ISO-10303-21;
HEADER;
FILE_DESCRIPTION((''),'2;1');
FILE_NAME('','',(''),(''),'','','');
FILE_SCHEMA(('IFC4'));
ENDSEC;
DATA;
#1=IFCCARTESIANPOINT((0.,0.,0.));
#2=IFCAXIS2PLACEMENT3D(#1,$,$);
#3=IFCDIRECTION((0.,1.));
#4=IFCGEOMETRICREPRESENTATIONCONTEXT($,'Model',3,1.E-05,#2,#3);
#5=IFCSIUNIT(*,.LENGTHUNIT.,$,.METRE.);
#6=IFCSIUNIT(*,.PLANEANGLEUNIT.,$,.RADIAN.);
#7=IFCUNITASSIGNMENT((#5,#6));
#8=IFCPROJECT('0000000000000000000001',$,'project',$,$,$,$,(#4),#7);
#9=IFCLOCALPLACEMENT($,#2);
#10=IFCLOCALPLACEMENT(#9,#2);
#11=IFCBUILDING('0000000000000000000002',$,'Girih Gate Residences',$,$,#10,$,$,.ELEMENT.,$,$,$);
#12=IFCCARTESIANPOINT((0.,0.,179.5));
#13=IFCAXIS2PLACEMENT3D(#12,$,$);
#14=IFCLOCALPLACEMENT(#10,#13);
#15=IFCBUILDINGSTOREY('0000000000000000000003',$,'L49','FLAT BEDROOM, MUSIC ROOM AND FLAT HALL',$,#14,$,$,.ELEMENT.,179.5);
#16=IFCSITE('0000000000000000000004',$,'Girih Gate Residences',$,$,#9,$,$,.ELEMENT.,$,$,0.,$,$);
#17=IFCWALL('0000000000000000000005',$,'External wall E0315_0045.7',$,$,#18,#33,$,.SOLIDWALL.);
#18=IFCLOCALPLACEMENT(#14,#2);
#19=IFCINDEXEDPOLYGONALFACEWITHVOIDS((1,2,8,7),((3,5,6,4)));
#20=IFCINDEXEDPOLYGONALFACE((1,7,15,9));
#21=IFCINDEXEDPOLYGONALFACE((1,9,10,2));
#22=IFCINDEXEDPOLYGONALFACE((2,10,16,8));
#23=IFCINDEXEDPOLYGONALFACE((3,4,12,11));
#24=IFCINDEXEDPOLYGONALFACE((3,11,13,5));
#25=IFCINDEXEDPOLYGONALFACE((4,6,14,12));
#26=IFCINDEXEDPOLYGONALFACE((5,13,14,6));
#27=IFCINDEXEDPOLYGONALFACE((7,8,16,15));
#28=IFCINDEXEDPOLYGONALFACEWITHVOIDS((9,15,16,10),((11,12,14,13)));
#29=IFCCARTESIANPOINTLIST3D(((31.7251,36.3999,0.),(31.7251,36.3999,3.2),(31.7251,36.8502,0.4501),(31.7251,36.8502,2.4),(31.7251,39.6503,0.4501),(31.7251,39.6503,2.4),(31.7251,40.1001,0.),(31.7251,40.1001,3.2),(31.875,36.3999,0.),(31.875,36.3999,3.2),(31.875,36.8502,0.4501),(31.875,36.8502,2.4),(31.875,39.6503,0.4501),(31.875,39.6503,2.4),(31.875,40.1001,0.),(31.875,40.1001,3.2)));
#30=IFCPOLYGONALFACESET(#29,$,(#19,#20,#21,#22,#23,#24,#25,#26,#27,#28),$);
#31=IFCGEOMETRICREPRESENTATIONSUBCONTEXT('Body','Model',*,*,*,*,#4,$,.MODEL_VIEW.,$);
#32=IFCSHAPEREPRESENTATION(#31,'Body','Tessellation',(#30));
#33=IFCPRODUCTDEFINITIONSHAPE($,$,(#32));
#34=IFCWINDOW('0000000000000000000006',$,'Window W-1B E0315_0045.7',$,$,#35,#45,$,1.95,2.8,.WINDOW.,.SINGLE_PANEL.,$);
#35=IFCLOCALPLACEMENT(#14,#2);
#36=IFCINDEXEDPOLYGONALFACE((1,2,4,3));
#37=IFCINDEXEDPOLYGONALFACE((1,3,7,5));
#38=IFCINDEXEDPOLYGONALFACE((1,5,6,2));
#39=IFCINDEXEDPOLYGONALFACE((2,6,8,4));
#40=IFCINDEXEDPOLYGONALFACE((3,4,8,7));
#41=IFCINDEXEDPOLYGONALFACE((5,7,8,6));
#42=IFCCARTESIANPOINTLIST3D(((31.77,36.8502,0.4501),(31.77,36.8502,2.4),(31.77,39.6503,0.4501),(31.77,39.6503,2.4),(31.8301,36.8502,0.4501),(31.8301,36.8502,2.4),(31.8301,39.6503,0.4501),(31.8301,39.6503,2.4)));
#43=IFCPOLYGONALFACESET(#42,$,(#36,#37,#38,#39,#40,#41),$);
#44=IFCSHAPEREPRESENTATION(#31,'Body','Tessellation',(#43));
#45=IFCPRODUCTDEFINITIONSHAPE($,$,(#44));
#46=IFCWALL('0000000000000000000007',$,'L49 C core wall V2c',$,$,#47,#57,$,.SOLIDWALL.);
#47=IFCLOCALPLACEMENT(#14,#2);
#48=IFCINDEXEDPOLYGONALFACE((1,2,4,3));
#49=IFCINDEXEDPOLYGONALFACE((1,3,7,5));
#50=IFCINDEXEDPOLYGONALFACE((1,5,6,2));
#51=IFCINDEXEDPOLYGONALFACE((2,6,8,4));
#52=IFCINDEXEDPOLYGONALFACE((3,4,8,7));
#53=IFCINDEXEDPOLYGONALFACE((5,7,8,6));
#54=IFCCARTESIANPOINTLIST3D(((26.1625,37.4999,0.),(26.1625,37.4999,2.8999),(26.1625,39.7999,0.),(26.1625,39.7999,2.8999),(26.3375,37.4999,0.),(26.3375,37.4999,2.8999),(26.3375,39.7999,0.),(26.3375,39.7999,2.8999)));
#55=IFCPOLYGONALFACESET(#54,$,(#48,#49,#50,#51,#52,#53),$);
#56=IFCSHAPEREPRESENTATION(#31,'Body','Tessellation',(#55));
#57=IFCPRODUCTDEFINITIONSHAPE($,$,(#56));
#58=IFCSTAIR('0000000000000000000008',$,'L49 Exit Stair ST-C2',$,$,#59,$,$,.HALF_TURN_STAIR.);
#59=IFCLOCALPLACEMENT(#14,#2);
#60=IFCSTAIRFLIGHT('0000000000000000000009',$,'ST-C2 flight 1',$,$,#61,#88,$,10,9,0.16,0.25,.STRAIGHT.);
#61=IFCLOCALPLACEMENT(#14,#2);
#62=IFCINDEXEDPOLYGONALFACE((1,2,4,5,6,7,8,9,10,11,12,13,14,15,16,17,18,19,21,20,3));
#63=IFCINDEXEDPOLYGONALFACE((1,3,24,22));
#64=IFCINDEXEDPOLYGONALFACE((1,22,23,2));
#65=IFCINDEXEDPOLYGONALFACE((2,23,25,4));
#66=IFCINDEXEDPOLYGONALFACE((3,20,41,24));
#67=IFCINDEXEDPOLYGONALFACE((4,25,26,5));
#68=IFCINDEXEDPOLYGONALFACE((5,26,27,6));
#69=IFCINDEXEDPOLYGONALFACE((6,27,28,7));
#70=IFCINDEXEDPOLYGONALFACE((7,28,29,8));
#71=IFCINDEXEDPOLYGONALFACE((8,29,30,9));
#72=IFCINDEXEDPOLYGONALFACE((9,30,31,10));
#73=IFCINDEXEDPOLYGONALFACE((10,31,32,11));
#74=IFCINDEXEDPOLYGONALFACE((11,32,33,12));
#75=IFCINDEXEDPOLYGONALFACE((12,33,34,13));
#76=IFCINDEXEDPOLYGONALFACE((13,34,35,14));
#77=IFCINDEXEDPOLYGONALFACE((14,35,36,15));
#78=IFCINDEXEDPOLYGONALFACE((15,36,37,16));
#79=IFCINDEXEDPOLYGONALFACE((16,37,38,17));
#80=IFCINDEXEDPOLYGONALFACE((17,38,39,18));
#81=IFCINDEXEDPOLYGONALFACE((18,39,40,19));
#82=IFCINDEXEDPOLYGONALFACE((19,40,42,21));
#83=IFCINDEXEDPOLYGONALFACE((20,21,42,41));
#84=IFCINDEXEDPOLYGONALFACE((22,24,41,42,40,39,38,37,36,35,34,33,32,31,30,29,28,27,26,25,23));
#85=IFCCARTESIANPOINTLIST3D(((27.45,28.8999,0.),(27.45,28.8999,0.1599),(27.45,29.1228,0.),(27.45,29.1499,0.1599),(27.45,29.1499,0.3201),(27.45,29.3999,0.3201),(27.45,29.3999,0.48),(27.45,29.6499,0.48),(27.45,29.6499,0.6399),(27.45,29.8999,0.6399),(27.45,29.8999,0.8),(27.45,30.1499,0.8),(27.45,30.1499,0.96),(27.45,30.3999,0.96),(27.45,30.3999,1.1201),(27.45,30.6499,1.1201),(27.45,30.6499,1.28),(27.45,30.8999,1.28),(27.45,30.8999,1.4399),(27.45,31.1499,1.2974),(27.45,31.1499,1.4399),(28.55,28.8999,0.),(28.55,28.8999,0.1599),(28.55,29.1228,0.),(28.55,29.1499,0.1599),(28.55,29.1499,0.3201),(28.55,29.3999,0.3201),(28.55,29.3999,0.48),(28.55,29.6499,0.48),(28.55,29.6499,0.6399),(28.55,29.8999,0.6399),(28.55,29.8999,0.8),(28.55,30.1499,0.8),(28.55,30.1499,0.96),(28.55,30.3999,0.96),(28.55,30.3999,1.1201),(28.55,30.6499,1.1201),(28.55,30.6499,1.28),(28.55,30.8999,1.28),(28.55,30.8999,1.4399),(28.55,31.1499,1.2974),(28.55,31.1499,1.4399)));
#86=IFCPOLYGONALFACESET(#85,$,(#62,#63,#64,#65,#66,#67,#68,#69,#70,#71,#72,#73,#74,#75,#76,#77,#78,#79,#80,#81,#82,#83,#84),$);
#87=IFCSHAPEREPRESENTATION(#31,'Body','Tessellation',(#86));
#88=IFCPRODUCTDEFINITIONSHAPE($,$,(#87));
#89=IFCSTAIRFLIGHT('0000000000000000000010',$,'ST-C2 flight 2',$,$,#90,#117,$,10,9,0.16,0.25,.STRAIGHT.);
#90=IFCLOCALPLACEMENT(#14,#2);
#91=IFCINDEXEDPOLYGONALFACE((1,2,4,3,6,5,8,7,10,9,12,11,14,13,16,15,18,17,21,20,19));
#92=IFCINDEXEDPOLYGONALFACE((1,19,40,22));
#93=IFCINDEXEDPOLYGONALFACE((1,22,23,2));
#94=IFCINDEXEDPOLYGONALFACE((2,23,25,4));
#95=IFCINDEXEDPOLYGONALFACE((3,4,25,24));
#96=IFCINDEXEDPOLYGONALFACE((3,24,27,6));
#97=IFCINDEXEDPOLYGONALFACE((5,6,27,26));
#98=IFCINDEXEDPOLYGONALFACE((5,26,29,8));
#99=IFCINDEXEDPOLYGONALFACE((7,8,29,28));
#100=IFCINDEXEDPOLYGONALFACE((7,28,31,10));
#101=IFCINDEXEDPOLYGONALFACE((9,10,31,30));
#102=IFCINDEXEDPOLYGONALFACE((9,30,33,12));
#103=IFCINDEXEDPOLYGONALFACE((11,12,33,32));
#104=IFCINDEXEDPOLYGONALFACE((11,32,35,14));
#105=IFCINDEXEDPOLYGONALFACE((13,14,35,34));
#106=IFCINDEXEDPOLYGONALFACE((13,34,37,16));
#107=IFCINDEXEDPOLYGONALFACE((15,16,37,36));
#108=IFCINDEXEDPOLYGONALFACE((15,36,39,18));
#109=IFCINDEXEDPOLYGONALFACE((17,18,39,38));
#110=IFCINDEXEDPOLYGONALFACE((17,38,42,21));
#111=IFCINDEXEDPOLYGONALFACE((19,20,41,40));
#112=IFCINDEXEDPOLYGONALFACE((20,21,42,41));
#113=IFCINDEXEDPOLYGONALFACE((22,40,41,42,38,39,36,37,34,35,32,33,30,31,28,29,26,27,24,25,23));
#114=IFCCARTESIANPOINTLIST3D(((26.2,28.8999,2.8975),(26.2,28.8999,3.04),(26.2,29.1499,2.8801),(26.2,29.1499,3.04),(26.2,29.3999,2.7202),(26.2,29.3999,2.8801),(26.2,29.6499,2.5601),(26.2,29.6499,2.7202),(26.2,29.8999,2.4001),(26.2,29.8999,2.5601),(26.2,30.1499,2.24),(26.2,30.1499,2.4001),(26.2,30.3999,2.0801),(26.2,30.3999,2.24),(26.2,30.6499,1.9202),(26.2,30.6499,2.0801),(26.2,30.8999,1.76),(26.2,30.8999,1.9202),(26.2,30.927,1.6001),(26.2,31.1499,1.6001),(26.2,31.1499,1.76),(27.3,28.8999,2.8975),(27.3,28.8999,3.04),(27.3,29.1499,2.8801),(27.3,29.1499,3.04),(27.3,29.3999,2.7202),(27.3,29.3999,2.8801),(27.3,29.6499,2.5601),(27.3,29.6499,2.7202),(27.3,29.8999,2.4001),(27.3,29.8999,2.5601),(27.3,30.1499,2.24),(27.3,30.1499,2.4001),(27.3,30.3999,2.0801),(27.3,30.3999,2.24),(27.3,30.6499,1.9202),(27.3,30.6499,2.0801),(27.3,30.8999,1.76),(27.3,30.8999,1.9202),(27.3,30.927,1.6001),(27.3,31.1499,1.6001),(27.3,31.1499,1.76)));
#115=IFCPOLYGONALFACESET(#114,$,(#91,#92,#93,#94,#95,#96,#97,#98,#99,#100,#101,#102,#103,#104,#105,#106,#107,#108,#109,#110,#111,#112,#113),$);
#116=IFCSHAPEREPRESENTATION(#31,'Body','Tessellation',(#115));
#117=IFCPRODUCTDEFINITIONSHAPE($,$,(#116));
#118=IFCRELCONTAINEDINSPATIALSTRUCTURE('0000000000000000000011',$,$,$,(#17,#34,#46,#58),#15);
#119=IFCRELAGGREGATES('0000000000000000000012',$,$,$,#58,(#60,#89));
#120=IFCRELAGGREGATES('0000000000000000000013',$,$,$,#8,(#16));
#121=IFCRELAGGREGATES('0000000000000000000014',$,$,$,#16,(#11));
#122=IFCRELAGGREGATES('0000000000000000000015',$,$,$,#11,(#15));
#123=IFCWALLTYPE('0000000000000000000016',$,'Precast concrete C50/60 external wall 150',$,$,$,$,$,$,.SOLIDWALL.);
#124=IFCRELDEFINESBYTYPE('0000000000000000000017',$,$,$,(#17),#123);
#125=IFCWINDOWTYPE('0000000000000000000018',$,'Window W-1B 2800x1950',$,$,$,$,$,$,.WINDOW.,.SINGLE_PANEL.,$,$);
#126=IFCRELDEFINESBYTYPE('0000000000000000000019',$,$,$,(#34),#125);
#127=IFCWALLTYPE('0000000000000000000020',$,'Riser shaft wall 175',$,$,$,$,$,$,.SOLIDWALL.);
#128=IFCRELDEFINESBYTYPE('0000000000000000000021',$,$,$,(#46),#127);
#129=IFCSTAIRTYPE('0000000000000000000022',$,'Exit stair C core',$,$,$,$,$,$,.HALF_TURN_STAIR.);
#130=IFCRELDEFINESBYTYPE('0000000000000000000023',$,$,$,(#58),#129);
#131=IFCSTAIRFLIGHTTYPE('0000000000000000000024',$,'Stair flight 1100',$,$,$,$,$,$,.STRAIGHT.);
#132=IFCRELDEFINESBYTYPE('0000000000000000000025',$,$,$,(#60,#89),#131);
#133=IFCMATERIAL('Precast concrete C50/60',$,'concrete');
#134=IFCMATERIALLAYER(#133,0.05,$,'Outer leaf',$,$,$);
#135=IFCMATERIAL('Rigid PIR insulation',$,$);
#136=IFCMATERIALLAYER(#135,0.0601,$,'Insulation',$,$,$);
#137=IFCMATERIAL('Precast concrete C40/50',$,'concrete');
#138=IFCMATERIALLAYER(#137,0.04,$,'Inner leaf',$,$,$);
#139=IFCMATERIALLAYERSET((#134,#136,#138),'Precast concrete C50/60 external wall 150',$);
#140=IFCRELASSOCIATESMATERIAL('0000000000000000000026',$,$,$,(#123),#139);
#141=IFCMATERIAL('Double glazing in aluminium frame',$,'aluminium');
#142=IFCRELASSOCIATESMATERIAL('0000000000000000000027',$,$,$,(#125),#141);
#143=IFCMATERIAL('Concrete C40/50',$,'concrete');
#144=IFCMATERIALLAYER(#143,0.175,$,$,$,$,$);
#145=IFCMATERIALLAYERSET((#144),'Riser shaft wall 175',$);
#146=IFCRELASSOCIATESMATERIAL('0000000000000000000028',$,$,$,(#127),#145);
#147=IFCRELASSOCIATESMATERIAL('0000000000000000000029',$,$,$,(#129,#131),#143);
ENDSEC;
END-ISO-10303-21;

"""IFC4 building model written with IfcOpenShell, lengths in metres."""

from ifc_helpers import new_model, si_unit, direction, frame, frame_2d, origin, place, context, subcontext, project, spatial, polyline, rectangle, outline, extrude, material, layer, layer_set, type_object, element, fill, aggregate, save


model = new_model("IFC4")

# Units and contexts
model_context = context("Model", 3, precision=1e-05, world=origin(), true_north=direction((0.0, 1.0)))
body_context = subcontext(model_context, "Body", "Model", "MODEL_VIEW")
ifc_project = project(units=[si_unit("LENGTHUNIT", "METRE"), si_unit("PLANEANGLEUNIT", "RADIAN")], contexts=[model_context])

# Site, building, storey
site_placement = place(None, origin())
site = spatial("IfcSite", under=ifc_project, at=site_placement, Name="Girih Gate Residences", CompositionType="ELEMENT", RefElevation=0.0)
building_placement = place(site_placement, origin())
building = spatial("IfcBuilding", under=site, at=building_placement, Name="Girih Gate Residences", CompositionType="ELEMENT")
storey_placement = place(building_placement, frame((0.0, 0.0, 179.5)))
storey = spatial("IfcBuildingStorey", under=building, at=storey_placement, Name="L49", Description="FLAT BEDROOM, MUSIC ROOM AND FLAT HALL", CompositionType="ELEMENT", Elevation=179.5)

# Wall, opening, window
ifc_material_1 = material(Name="Precast concrete C50/60", Category="concrete")
ifc_layer_1 = layer(ifc_material_1, 0.05, Name="Outer leaf")
ifc_material_2 = material(Name="Rigid PIR insulation")
ifc_layer_2 = layer(ifc_material_2, 0.0601, Name="Insulation")
ifc_material_3 = material(Name="Precast concrete C40/50", Category="concrete")
ifc_layer_3 = layer(ifc_material_3, 0.04, Name="Inner leaf")
ifc_layer_set_1 = layer_set([ifc_layer_1, ifc_layer_2, ifc_layer_3], Name="Precast concrete C50/60 external wall 150")
wall_type_1 = type_object("IfcWallType", Name="Precast concrete C50/60 external wall 150", PredefinedType="SOLIDWALL", material=ifc_layer_set_1)
ifc_material_4 = material(Name="Double glazing in aluminium frame", Category="aluminium")
window_type = type_object("IfcWindowType", Name="Window W-1B 2800x1950", PartitioningType="SINGLE_PANEL", PredefinedType="WINDOW", material=ifc_material_4)
wall_1_placement = place(storey_placement, frame((31.8, 40.1001, 0.0), z_axis=(0.0, 0.0, 1.0), x_axis=(0.0, -1.0, 0.0)))
wall_1 = element("IfcWall", 1, at=wall_1_placement, inside=storey, type_object=wall_type_1, Name="External wall E0315_0045.7", PredefinedType="SOLIDWALL", context=body_context, shape_type="SweptSolid", body=[
    extrude(rectangle(XDim=3.7002, YDim=0.1499, at=frame_2d((1.8501, 0.0))), origin(), (0.0, 0.0, 1.0), 3.2),
])
opening_1_placement = place(wall_1_placement, frame((0.45, 0.0, 0.45)))
opening_1 = element("IfcOpeningElement", 2, at=opening_1_placement, cuts=wall_1, PredefinedType="OPENING", context=body_context, shape_type="SweptSolid", body=[
    extrude(rectangle(XDim=2.8, YDim=1.95, at=frame_2d((1.3999, 0.9751))), frame((0.0, 0.085, 0.0), z_axis=(0.0, -1.0, 0.0), x_axis=(1.0, 0.0, 0.0)), (0.0, 0.0, 1.0), 0.1699),
])
window_1_placement = place(opening_1_placement, origin())
window_1 = element("IfcWindow", 3, at=window_1_placement, inside=storey, type_object=window_type, Name="Window W-1B E0315_0045.7", OverallHeight=1.95, OverallWidth=2.8, PartitioningType="SINGLE_PANEL", PredefinedType="WINDOW", context=body_context, shape_type="SweptSolid", body=[
    extrude(rectangle(XDim=2.8, YDim=1.95, at=frame_2d((1.3999, 0.9751))), frame((0.0, 0.03, 0.0), z_axis=(0.0, -1.0, 0.0), x_axis=(1.0, 0.0, 0.0)), (0.0, 0.0, 1.0), 0.0601),
])
fill(opening_1, window_1)

# Wall
ifc_material_5 = material(Name="Concrete C40/50", Category="concrete")
ifc_layer_4 = layer(ifc_material_5, 0.175)
ifc_layer_set_2 = layer_set([ifc_layer_4], Name="Riser shaft wall 175")
wall_type_2 = type_object("IfcWallType", Name="Riser shaft wall 175", PredefinedType="SOLIDWALL", material=ifc_layer_set_2)
wall_2_placement = place(storey_placement, frame((26.25, 37.5, 0.0), z_axis=(0.0, 0.0, 1.0), x_axis=(0.0, 1.0, 0.0)))
element("IfcWall", 4, at=wall_2_placement, inside=storey, type_object=wall_type_2, Name="L49 C core wall V2c", PredefinedType="SOLIDWALL", context=body_context, shape_type="SweptSolid", body=[
    extrude(rectangle(XDim=2.3, YDim=0.175, at=frame_2d((1.1499, 0.0))), origin(), (0.0, 0.0, 1.0), 2.8999),
])

# Stair, stair flights
stair_type = type_object("IfcStairType", Name="Exit stair C core", PredefinedType="HALF_TURN_STAIR", material=ifc_material_5)
stair_placement = place(storey_placement, origin())
stair = element("IfcStair", 5, at=stair_placement, inside=storey, type_object=stair_type, Name="L49 Exit Stair ST-C2", PredefinedType="HALF_TURN_STAIR")
stair_flight_type = type_object("IfcStairFlightType", Name="Stair flight 1100", PredefinedType="STRAIGHT", material=ifc_material_5)
stair_flight_1_placement = place(storey_placement, frame((28.0, 28.8999, 0.0), z_axis=(0.0, 0.0, 1.0), x_axis=(0.0, 1.0, 0.0)))
stair_flight_1 = element("IfcStairFlight", 6, at=stair_flight_1_placement, type_object=stair_flight_type, Name="ST-C2 flight 1", NumberOfRisers=10, NumberOfTreads=9, PredefinedType="STRAIGHT", RiserHeight=0.16, TreadLength=0.25, context=body_context, shape_type="SweptSolid", body=[
    extrude(outline(polyline([(0.0, 0.0), (0.0, 0.1599), (0.25, 0.1599), (0.25, 0.3201), (0.5, 0.3201), (0.5, 0.48), (0.75, 0.48), (0.75, 0.6399), (1.0, 0.6399), (1.0, 0.8), (1.25, 0.8), (1.25, 0.96), (1.5, 0.96), (1.5, 1.1201), (1.75, 1.1201), (1.75, 1.28), (2.0, 1.28), (2.0, 1.4399), (2.25, 1.4399), (2.25, 1.6001), (2.25, 1.2974), (0.2229, 0.0), (0.0, 0.0)])), frame((0.0, 0.55, 0.0), z_axis=(0.0, -1.0, 0.0), x_axis=(1.0, 0.0, 0.0)), (0.0, 0.0, 1.0), 1.1001),
])
stair_flight_2_placement = place(storey_placement, frame((26.75, 31.1499, 1.6001), z_axis=(0.0, 0.0, 1.0), x_axis=(0.0, -1.0, 0.0)))
stair_flight_2 = element("IfcStairFlight", 7, at=stair_flight_2_placement, type_object=stair_flight_type, Name="ST-C2 flight 2", NumberOfRisers=10, NumberOfTreads=9, PredefinedType="STRAIGHT", RiserHeight=0.16, TreadLength=0.25, context=body_context, shape_type="SweptSolid", body=[
    extrude(outline(polyline([(0.0, 0.0), (0.0, 0.1599), (0.25, 0.1599), (0.25, 0.3201), (0.5, 0.3201), (0.5, 0.48), (0.75, 0.48), (0.75, 0.6399), (1.0, 0.6399), (1.0, 0.8), (1.25, 0.8), (1.25, 0.96), (1.5, 0.96), (1.5, 1.1201), (1.75, 1.1201), (1.75, 1.28), (2.0, 1.28), (2.0, 1.4399), (2.25, 1.4399), (2.25, 1.6001), (2.25, 1.2974), (0.2229, 0.0), (0.0, 0.0)])), frame((0.0, 0.55, 0.0), z_axis=(0.0, -1.0, 0.0), x_axis=(1.0, 0.0, 0.0)), (0.0, 0.0, 1.0), 1.1001),
])
aggregate(stair, [stair_flight_1, stair_flight_2])

save(model, "model.ifc")
